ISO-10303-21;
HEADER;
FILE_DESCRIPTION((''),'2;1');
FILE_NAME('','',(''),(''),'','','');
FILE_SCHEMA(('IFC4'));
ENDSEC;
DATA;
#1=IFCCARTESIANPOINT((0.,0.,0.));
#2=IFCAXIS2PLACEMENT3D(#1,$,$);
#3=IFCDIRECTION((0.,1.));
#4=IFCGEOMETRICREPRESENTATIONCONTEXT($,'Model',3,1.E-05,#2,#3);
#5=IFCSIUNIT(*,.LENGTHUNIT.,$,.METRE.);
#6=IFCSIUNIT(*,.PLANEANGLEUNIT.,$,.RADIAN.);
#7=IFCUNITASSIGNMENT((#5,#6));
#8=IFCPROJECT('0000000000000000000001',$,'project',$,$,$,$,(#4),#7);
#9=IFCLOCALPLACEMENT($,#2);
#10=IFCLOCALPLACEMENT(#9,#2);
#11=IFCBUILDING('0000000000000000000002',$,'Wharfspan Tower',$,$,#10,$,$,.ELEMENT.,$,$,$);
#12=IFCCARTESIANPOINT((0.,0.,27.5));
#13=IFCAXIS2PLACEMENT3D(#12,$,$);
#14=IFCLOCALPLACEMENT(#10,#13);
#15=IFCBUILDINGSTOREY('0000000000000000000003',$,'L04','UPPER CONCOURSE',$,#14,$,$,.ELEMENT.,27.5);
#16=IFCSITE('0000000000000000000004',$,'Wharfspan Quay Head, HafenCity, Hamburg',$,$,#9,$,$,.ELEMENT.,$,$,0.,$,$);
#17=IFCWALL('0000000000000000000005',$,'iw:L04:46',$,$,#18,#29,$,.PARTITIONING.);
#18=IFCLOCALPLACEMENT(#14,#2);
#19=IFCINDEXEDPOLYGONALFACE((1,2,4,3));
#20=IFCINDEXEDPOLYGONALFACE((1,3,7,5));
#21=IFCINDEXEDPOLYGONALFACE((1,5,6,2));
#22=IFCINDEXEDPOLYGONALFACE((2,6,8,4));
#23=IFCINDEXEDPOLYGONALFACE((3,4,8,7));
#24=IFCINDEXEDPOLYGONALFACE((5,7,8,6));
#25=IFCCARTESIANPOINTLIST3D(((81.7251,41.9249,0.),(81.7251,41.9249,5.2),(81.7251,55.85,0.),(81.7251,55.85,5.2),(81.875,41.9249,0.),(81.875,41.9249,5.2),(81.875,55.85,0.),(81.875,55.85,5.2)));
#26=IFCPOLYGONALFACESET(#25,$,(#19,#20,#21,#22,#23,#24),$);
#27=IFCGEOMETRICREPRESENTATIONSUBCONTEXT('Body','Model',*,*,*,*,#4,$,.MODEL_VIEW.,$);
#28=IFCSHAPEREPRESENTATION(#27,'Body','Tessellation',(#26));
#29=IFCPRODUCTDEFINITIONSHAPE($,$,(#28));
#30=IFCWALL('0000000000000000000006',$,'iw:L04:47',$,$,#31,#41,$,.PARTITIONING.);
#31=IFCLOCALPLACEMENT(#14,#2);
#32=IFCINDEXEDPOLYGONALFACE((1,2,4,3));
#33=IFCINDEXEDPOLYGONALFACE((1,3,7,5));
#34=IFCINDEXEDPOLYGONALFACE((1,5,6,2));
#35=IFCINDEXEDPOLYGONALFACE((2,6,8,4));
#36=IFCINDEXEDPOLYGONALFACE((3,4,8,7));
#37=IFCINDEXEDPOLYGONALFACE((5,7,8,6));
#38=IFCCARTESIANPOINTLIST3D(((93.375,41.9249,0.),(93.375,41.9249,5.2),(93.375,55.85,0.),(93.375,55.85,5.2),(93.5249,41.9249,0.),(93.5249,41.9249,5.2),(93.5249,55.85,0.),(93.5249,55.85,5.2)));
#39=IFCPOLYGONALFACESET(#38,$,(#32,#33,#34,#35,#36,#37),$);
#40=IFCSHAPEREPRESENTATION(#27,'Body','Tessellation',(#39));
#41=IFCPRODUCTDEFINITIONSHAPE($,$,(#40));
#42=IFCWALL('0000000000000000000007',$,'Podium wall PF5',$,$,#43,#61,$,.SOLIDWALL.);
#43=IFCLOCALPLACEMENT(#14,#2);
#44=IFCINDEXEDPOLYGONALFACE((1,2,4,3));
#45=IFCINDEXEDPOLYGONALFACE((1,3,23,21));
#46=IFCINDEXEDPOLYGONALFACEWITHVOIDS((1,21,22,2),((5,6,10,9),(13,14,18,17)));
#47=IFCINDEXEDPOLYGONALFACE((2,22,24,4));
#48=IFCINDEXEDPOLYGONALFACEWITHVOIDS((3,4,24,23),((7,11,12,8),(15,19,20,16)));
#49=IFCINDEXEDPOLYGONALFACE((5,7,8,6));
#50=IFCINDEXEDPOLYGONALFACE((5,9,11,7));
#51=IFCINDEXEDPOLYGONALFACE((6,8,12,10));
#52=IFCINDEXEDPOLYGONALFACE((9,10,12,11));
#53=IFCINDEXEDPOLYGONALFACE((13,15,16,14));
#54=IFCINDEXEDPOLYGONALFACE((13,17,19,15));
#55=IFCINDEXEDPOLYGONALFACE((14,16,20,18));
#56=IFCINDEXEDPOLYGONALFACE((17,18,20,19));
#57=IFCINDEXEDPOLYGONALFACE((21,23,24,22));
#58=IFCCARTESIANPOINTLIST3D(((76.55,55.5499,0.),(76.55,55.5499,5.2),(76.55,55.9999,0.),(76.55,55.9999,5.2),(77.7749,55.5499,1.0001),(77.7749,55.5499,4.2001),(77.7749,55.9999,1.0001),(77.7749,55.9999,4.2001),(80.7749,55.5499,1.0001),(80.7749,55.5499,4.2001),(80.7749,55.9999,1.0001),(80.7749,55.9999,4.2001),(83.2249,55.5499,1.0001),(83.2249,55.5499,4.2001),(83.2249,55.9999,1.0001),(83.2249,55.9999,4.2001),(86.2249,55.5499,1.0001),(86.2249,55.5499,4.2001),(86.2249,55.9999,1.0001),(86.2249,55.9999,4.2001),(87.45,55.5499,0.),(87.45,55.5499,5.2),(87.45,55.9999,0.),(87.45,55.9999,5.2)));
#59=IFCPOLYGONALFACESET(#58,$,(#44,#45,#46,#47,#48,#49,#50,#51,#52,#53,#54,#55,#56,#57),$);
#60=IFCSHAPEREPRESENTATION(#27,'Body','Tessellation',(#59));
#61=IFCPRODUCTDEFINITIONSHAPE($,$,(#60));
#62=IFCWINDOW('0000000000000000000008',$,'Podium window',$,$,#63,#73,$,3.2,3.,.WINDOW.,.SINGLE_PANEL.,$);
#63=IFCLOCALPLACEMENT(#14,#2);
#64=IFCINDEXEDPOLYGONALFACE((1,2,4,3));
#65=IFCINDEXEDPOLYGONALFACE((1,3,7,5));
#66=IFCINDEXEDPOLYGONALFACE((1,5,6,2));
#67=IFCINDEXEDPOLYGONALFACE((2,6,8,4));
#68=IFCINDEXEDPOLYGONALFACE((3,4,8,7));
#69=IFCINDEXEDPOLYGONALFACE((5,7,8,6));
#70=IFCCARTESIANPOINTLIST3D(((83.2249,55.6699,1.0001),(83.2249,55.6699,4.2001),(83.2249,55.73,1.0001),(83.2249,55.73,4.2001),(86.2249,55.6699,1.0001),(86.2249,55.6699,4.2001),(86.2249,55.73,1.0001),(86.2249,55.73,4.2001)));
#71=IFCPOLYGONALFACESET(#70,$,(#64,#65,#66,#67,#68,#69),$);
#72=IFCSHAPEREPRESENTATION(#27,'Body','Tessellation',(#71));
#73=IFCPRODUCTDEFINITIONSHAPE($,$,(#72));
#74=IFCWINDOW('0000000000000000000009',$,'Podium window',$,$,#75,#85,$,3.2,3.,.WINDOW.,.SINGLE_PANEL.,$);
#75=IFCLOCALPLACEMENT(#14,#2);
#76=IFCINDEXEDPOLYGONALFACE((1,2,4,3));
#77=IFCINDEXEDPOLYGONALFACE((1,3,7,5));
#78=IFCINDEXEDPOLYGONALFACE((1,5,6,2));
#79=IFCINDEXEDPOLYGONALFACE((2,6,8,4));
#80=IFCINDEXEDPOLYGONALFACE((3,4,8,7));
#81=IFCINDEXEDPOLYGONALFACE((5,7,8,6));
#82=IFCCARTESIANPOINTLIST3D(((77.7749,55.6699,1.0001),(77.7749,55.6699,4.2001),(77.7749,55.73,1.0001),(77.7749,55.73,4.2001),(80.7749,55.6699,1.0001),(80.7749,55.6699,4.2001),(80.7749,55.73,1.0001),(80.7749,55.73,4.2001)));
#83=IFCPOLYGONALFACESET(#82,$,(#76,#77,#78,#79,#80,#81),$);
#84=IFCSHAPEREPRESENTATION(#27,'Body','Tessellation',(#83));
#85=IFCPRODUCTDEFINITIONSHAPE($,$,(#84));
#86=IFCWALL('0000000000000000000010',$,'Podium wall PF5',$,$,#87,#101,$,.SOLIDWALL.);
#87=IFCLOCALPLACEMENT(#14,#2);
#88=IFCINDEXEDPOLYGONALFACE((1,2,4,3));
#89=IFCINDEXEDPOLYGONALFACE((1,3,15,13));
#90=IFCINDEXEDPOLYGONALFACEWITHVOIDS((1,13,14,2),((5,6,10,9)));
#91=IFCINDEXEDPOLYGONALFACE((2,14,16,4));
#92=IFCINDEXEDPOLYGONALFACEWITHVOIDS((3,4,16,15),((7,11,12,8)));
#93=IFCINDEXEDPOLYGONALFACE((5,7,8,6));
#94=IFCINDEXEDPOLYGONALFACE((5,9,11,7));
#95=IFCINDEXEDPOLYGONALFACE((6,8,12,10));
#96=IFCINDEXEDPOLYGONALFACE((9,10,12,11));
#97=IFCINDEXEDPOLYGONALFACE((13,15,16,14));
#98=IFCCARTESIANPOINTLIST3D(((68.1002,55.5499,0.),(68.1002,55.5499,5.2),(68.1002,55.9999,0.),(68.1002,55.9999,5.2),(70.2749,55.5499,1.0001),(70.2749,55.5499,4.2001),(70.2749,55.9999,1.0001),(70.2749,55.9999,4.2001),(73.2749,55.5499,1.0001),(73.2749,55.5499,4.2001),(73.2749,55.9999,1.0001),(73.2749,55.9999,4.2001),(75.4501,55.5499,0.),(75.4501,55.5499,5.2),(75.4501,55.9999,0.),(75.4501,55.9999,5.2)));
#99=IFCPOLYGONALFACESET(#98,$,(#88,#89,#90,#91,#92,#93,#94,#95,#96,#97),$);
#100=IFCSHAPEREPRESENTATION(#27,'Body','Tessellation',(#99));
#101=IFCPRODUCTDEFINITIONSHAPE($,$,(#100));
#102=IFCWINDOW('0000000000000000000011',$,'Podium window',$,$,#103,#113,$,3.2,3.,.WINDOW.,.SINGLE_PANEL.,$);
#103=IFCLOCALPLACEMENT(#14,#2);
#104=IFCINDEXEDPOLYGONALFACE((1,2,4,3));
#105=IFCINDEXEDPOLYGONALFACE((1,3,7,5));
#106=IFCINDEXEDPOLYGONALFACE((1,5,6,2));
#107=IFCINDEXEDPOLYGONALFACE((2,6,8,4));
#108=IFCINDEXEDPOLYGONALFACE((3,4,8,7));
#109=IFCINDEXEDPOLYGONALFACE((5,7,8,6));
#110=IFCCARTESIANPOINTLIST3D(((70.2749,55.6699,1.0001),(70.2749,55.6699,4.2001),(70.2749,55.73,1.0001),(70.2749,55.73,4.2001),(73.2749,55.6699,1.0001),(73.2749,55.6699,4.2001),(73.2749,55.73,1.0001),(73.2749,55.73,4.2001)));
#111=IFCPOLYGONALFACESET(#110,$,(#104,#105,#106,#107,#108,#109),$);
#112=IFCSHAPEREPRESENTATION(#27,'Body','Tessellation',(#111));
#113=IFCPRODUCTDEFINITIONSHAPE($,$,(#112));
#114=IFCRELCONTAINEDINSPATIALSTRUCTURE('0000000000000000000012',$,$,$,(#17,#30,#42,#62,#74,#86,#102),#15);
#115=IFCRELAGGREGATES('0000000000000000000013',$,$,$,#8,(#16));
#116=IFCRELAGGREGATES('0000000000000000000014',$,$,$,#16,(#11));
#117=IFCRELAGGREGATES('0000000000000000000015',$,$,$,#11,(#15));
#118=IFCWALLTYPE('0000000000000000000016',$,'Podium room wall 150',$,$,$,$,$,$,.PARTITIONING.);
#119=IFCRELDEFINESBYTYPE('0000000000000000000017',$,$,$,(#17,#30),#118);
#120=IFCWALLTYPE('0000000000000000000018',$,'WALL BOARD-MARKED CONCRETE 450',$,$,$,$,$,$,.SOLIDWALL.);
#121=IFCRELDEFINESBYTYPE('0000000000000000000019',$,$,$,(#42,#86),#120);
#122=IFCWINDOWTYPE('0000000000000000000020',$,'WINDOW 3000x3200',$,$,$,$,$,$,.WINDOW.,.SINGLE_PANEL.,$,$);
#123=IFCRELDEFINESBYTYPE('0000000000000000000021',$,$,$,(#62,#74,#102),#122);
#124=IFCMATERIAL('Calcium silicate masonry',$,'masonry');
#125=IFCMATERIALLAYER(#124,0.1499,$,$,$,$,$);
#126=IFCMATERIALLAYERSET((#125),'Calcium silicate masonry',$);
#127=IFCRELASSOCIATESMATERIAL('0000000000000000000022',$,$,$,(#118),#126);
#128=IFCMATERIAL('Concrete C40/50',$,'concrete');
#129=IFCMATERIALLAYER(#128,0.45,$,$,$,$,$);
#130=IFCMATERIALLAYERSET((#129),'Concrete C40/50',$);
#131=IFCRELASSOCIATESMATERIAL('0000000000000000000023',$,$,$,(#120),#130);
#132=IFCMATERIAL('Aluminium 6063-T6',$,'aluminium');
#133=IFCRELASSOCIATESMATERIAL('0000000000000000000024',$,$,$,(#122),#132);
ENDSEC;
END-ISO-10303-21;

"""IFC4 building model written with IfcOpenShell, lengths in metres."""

from ifc_helpers import new_model, si_unit, direction, frame, frame_2d, origin, place, context, subcontext, project, spatial, rectangle, extrude, material, layer, layer_set, type_object, element, fill, save


model = new_model("IFC4")

# Units and contexts
model_context = context("Model", 3, precision=1e-05, world=origin(), true_north=direction((0.0, 1.0)))
body_context = subcontext(model_context, "Body", "Model", "MODEL_VIEW")
ifc_project = project(units=[si_unit("LENGTHUNIT", "METRE"), si_unit("PLANEANGLEUNIT", "RADIAN")], contexts=[model_context])

# Site, building, storey
site_placement = place(None, origin())
site = spatial("IfcSite", under=ifc_project, at=site_placement, Name="Wharfspan Quay Head, HafenCity, Hamburg", CompositionType="ELEMENT", RefElevation=0.0)
building_placement = place(site_placement, origin())
building = spatial("IfcBuilding", under=site, at=building_placement, Name="Wharfspan Tower", CompositionType="ELEMENT")
storey_placement = place(building_placement, frame((0.0, 0.0, 27.5)))
storey = spatial("IfcBuildingStorey", under=building, at=storey_placement, Name="L04", Description="UPPER CONCOURSE", CompositionType="ELEMENT", Elevation=27.5)

# Shared definitions
ifc_material_1 = material(Name="Calcium silicate masonry", Category="masonry")
ifc_layer_1 = layer(ifc_material_1, 0.1499)
ifc_layer_set_1 = layer_set([ifc_layer_1], Name="Calcium silicate masonry")
wall_type_1 = type_object("IfcWallType", Name="Podium room wall 150", PredefinedType="PARTITIONING", material=ifc_layer_set_1)

# Walls
for number, where, z_axis, x_axis, name in (
    (1, (81.8, 41.925, 0.0), (0.0, 0.0, 1.0), (0.0, 1.0, 0.0), "iw:L04:46"),
    (2, (93.45, 41.925, 0.0), (0.0, 0.0, 1.0), (0.0, 1.0, 0.0), "iw:L04:47"),
):
    element("IfcWall", number, at=place(storey_placement, frame(where, z_axis=z_axis, x_axis=x_axis)), inside=storey, type_object=wall_type_1, Name=name, PredefinedType="PARTITIONING", context=body_context, shape_type="SweptSolid", body=[
        extrude(rectangle(XDim=13.925, YDim=0.1499, at=frame_2d((6.9624, 0.0))), origin(), (0.0, 0.0, 1.0), 5.2),
    ])

# Wall, openings, windows
ifc_material_2 = material(Name="Concrete C40/50", Category="concrete")
ifc_layer_2 = layer(ifc_material_2, 0.45)
ifc_layer_set_2 = layer_set([ifc_layer_2], Name="Concrete C40/50")
wall_type_2 = type_object("IfcWallType", Name="WALL BOARD-MARKED CONCRETE 450", PredefinedType="SOLIDWALL", material=ifc_layer_set_2)
wall_1_placement = place(storey_placement, frame((87.45, 55.7749, 0.0), z_axis=(0.0, 0.0, 1.0), x_axis=(-1.0, 0.0, 0.0)))
wall_1 = element("IfcWall", 3, at=wall_1_placement, inside=storey, type_object=wall_type_2, Name="Podium wall PF5", PredefinedType="SOLIDWALL", context=body_context, shape_type="SweptSolid", body=[
    extrude(rectangle(XDim=10.8999, YDim=0.45, at=frame_2d((5.45, 0.0))), origin(), (0.0, 0.0, 1.0), 5.2),
])
opening_1_placement = place(wall_1_placement, frame((1.2251, 0.0, 1.0)))
opening_1 = element("IfcOpeningElement", 4, at=opening_1_placement, cuts=wall_1, PredefinedType="OPENING", context=body_context, shape_type="SweptSolid", body=[
    extrude(rectangle(XDim=3.0, YDim=3.2, at=frame_2d((1.5, 1.6001))), frame((0.0, 0.2349, 0.0), z_axis=(0.0, -1.0, 0.0), x_axis=(1.0, 0.0, 0.0)), (0.0, 0.0, 1.0), 0.47),
])
opening_2_placement = place(wall_1_placement, frame((6.675, 0.0, 1.0)))
opening_2 = element("IfcOpeningElement", 5, at=opening_2_placement, cuts=wall_1, PredefinedType="OPENING", context=body_context, shape_type="SweptSolid", body=[
    extrude(rectangle(XDim=3.0, YDim=3.2, at=frame_2d((1.5, 1.6001))), frame((0.0, 0.2349, 0.0), z_axis=(0.0, -1.0, 0.0), x_axis=(1.0, 0.0, 0.0)), (0.0, 0.0, 1.0), 0.47),
])
ifc_material_3 = material(Name="Aluminium 6063-T6", Category="aluminium")
window_type = type_object("IfcWindowType", Name="WINDOW 3000x3200", PartitioningType="SINGLE_PANEL", PredefinedType="WINDOW", material=ifc_material_3)
window_1_placement = place(opening_1_placement, origin())
window_1 = element("IfcWindow", 6, at=window_1_placement, inside=storey, type_object=window_type, Name="Podium window", OverallHeight=3.2, OverallWidth=3.0, PartitioningType="SINGLE_PANEL", PredefinedType="WINDOW", context=body_context, shape_type="SweptSolid", body=[
    extrude(rectangle(XDim=3.0, YDim=3.2, at=frame_2d((1.5, 1.6001))), frame((0.0, 0.105, 0.0), z_axis=(0.0, -1.0, 0.0), x_axis=(1.0, 0.0, 0.0)), (0.0, 0.0, 1.0), 0.0601),
])
fill(opening_1, window_1)
window_2_placement = place(opening_2_placement, origin())
window_2 = element("IfcWindow", 7, at=window_2_placement, inside=storey, type_object=window_type, Name="Podium window", OverallHeight=3.2, OverallWidth=3.0, PartitioningType="SINGLE_PANEL", PredefinedType="WINDOW", context=body_context, shape_type="SweptSolid", body=[
    extrude(rectangle(XDim=3.0, YDim=3.2, at=frame_2d((1.5, 1.6001))), frame((0.0, 0.105, 0.0), z_axis=(0.0, -1.0, 0.0), x_axis=(1.0, 0.0, 0.0)), (0.0, 0.0, 1.0), 0.0601),
])
fill(opening_2, window_2)

# Wall, opening, window
wall_2_placement = place(storey_placement, frame((75.45, 55.7749, 0.0), z_axis=(0.0, 0.0, 1.0), x_axis=(-1.0, 0.0, 0.0)))
wall_2 = element("IfcWall", 8, at=wall_2_placement, inside=storey, type_object=wall_type_2, Name="Podium wall PF5", PredefinedType="SOLIDWALL", context=body_context, shape_type="SweptSolid", body=[
    extrude(rectangle(XDim=7.3499, YDim=0.45, at=frame_2d((3.6748, 0.0))), origin(), (0.0, 0.0, 1.0), 5.2),
])
opening_3_placement = place(wall_2_placement, frame((2.175, 0.0, 1.0)))
opening_3 = element("IfcOpeningElement", 9, at=opening_3_placement, cuts=wall_2, PredefinedType="OPENING", context=body_context, shape_type="SweptSolid", body=[
    extrude(rectangle(XDim=3.0, YDim=3.2, at=frame_2d((1.5, 1.6001))), frame((0.0, 0.2349, 0.0), z_axis=(0.0, -1.0, 0.0), x_axis=(1.0, 0.0, 0.0)), (0.0, 0.0, 1.0), 0.47),
])
window_3_placement = place(opening_3_placement, origin())
window_3 = element("IfcWindow", 10, at=window_3_placement, inside=storey, type_object=window_type, Name="Podium window", OverallHeight=3.2, OverallWidth=3.0, PartitioningType="SINGLE_PANEL", PredefinedType="WINDOW", context=body_context, shape_type="SweptSolid", body=[
    extrude(rectangle(XDim=3.0, YDim=3.2, at=frame_2d((1.5, 1.6001))), frame((0.0, 0.105, 0.0), z_axis=(0.0, -1.0, 0.0), x_axis=(1.0, 0.0, 0.0)), (0.0, 0.0, 1.0), 0.0601),
])
fill(opening_3, window_3)

save(model, "model.ifc")
